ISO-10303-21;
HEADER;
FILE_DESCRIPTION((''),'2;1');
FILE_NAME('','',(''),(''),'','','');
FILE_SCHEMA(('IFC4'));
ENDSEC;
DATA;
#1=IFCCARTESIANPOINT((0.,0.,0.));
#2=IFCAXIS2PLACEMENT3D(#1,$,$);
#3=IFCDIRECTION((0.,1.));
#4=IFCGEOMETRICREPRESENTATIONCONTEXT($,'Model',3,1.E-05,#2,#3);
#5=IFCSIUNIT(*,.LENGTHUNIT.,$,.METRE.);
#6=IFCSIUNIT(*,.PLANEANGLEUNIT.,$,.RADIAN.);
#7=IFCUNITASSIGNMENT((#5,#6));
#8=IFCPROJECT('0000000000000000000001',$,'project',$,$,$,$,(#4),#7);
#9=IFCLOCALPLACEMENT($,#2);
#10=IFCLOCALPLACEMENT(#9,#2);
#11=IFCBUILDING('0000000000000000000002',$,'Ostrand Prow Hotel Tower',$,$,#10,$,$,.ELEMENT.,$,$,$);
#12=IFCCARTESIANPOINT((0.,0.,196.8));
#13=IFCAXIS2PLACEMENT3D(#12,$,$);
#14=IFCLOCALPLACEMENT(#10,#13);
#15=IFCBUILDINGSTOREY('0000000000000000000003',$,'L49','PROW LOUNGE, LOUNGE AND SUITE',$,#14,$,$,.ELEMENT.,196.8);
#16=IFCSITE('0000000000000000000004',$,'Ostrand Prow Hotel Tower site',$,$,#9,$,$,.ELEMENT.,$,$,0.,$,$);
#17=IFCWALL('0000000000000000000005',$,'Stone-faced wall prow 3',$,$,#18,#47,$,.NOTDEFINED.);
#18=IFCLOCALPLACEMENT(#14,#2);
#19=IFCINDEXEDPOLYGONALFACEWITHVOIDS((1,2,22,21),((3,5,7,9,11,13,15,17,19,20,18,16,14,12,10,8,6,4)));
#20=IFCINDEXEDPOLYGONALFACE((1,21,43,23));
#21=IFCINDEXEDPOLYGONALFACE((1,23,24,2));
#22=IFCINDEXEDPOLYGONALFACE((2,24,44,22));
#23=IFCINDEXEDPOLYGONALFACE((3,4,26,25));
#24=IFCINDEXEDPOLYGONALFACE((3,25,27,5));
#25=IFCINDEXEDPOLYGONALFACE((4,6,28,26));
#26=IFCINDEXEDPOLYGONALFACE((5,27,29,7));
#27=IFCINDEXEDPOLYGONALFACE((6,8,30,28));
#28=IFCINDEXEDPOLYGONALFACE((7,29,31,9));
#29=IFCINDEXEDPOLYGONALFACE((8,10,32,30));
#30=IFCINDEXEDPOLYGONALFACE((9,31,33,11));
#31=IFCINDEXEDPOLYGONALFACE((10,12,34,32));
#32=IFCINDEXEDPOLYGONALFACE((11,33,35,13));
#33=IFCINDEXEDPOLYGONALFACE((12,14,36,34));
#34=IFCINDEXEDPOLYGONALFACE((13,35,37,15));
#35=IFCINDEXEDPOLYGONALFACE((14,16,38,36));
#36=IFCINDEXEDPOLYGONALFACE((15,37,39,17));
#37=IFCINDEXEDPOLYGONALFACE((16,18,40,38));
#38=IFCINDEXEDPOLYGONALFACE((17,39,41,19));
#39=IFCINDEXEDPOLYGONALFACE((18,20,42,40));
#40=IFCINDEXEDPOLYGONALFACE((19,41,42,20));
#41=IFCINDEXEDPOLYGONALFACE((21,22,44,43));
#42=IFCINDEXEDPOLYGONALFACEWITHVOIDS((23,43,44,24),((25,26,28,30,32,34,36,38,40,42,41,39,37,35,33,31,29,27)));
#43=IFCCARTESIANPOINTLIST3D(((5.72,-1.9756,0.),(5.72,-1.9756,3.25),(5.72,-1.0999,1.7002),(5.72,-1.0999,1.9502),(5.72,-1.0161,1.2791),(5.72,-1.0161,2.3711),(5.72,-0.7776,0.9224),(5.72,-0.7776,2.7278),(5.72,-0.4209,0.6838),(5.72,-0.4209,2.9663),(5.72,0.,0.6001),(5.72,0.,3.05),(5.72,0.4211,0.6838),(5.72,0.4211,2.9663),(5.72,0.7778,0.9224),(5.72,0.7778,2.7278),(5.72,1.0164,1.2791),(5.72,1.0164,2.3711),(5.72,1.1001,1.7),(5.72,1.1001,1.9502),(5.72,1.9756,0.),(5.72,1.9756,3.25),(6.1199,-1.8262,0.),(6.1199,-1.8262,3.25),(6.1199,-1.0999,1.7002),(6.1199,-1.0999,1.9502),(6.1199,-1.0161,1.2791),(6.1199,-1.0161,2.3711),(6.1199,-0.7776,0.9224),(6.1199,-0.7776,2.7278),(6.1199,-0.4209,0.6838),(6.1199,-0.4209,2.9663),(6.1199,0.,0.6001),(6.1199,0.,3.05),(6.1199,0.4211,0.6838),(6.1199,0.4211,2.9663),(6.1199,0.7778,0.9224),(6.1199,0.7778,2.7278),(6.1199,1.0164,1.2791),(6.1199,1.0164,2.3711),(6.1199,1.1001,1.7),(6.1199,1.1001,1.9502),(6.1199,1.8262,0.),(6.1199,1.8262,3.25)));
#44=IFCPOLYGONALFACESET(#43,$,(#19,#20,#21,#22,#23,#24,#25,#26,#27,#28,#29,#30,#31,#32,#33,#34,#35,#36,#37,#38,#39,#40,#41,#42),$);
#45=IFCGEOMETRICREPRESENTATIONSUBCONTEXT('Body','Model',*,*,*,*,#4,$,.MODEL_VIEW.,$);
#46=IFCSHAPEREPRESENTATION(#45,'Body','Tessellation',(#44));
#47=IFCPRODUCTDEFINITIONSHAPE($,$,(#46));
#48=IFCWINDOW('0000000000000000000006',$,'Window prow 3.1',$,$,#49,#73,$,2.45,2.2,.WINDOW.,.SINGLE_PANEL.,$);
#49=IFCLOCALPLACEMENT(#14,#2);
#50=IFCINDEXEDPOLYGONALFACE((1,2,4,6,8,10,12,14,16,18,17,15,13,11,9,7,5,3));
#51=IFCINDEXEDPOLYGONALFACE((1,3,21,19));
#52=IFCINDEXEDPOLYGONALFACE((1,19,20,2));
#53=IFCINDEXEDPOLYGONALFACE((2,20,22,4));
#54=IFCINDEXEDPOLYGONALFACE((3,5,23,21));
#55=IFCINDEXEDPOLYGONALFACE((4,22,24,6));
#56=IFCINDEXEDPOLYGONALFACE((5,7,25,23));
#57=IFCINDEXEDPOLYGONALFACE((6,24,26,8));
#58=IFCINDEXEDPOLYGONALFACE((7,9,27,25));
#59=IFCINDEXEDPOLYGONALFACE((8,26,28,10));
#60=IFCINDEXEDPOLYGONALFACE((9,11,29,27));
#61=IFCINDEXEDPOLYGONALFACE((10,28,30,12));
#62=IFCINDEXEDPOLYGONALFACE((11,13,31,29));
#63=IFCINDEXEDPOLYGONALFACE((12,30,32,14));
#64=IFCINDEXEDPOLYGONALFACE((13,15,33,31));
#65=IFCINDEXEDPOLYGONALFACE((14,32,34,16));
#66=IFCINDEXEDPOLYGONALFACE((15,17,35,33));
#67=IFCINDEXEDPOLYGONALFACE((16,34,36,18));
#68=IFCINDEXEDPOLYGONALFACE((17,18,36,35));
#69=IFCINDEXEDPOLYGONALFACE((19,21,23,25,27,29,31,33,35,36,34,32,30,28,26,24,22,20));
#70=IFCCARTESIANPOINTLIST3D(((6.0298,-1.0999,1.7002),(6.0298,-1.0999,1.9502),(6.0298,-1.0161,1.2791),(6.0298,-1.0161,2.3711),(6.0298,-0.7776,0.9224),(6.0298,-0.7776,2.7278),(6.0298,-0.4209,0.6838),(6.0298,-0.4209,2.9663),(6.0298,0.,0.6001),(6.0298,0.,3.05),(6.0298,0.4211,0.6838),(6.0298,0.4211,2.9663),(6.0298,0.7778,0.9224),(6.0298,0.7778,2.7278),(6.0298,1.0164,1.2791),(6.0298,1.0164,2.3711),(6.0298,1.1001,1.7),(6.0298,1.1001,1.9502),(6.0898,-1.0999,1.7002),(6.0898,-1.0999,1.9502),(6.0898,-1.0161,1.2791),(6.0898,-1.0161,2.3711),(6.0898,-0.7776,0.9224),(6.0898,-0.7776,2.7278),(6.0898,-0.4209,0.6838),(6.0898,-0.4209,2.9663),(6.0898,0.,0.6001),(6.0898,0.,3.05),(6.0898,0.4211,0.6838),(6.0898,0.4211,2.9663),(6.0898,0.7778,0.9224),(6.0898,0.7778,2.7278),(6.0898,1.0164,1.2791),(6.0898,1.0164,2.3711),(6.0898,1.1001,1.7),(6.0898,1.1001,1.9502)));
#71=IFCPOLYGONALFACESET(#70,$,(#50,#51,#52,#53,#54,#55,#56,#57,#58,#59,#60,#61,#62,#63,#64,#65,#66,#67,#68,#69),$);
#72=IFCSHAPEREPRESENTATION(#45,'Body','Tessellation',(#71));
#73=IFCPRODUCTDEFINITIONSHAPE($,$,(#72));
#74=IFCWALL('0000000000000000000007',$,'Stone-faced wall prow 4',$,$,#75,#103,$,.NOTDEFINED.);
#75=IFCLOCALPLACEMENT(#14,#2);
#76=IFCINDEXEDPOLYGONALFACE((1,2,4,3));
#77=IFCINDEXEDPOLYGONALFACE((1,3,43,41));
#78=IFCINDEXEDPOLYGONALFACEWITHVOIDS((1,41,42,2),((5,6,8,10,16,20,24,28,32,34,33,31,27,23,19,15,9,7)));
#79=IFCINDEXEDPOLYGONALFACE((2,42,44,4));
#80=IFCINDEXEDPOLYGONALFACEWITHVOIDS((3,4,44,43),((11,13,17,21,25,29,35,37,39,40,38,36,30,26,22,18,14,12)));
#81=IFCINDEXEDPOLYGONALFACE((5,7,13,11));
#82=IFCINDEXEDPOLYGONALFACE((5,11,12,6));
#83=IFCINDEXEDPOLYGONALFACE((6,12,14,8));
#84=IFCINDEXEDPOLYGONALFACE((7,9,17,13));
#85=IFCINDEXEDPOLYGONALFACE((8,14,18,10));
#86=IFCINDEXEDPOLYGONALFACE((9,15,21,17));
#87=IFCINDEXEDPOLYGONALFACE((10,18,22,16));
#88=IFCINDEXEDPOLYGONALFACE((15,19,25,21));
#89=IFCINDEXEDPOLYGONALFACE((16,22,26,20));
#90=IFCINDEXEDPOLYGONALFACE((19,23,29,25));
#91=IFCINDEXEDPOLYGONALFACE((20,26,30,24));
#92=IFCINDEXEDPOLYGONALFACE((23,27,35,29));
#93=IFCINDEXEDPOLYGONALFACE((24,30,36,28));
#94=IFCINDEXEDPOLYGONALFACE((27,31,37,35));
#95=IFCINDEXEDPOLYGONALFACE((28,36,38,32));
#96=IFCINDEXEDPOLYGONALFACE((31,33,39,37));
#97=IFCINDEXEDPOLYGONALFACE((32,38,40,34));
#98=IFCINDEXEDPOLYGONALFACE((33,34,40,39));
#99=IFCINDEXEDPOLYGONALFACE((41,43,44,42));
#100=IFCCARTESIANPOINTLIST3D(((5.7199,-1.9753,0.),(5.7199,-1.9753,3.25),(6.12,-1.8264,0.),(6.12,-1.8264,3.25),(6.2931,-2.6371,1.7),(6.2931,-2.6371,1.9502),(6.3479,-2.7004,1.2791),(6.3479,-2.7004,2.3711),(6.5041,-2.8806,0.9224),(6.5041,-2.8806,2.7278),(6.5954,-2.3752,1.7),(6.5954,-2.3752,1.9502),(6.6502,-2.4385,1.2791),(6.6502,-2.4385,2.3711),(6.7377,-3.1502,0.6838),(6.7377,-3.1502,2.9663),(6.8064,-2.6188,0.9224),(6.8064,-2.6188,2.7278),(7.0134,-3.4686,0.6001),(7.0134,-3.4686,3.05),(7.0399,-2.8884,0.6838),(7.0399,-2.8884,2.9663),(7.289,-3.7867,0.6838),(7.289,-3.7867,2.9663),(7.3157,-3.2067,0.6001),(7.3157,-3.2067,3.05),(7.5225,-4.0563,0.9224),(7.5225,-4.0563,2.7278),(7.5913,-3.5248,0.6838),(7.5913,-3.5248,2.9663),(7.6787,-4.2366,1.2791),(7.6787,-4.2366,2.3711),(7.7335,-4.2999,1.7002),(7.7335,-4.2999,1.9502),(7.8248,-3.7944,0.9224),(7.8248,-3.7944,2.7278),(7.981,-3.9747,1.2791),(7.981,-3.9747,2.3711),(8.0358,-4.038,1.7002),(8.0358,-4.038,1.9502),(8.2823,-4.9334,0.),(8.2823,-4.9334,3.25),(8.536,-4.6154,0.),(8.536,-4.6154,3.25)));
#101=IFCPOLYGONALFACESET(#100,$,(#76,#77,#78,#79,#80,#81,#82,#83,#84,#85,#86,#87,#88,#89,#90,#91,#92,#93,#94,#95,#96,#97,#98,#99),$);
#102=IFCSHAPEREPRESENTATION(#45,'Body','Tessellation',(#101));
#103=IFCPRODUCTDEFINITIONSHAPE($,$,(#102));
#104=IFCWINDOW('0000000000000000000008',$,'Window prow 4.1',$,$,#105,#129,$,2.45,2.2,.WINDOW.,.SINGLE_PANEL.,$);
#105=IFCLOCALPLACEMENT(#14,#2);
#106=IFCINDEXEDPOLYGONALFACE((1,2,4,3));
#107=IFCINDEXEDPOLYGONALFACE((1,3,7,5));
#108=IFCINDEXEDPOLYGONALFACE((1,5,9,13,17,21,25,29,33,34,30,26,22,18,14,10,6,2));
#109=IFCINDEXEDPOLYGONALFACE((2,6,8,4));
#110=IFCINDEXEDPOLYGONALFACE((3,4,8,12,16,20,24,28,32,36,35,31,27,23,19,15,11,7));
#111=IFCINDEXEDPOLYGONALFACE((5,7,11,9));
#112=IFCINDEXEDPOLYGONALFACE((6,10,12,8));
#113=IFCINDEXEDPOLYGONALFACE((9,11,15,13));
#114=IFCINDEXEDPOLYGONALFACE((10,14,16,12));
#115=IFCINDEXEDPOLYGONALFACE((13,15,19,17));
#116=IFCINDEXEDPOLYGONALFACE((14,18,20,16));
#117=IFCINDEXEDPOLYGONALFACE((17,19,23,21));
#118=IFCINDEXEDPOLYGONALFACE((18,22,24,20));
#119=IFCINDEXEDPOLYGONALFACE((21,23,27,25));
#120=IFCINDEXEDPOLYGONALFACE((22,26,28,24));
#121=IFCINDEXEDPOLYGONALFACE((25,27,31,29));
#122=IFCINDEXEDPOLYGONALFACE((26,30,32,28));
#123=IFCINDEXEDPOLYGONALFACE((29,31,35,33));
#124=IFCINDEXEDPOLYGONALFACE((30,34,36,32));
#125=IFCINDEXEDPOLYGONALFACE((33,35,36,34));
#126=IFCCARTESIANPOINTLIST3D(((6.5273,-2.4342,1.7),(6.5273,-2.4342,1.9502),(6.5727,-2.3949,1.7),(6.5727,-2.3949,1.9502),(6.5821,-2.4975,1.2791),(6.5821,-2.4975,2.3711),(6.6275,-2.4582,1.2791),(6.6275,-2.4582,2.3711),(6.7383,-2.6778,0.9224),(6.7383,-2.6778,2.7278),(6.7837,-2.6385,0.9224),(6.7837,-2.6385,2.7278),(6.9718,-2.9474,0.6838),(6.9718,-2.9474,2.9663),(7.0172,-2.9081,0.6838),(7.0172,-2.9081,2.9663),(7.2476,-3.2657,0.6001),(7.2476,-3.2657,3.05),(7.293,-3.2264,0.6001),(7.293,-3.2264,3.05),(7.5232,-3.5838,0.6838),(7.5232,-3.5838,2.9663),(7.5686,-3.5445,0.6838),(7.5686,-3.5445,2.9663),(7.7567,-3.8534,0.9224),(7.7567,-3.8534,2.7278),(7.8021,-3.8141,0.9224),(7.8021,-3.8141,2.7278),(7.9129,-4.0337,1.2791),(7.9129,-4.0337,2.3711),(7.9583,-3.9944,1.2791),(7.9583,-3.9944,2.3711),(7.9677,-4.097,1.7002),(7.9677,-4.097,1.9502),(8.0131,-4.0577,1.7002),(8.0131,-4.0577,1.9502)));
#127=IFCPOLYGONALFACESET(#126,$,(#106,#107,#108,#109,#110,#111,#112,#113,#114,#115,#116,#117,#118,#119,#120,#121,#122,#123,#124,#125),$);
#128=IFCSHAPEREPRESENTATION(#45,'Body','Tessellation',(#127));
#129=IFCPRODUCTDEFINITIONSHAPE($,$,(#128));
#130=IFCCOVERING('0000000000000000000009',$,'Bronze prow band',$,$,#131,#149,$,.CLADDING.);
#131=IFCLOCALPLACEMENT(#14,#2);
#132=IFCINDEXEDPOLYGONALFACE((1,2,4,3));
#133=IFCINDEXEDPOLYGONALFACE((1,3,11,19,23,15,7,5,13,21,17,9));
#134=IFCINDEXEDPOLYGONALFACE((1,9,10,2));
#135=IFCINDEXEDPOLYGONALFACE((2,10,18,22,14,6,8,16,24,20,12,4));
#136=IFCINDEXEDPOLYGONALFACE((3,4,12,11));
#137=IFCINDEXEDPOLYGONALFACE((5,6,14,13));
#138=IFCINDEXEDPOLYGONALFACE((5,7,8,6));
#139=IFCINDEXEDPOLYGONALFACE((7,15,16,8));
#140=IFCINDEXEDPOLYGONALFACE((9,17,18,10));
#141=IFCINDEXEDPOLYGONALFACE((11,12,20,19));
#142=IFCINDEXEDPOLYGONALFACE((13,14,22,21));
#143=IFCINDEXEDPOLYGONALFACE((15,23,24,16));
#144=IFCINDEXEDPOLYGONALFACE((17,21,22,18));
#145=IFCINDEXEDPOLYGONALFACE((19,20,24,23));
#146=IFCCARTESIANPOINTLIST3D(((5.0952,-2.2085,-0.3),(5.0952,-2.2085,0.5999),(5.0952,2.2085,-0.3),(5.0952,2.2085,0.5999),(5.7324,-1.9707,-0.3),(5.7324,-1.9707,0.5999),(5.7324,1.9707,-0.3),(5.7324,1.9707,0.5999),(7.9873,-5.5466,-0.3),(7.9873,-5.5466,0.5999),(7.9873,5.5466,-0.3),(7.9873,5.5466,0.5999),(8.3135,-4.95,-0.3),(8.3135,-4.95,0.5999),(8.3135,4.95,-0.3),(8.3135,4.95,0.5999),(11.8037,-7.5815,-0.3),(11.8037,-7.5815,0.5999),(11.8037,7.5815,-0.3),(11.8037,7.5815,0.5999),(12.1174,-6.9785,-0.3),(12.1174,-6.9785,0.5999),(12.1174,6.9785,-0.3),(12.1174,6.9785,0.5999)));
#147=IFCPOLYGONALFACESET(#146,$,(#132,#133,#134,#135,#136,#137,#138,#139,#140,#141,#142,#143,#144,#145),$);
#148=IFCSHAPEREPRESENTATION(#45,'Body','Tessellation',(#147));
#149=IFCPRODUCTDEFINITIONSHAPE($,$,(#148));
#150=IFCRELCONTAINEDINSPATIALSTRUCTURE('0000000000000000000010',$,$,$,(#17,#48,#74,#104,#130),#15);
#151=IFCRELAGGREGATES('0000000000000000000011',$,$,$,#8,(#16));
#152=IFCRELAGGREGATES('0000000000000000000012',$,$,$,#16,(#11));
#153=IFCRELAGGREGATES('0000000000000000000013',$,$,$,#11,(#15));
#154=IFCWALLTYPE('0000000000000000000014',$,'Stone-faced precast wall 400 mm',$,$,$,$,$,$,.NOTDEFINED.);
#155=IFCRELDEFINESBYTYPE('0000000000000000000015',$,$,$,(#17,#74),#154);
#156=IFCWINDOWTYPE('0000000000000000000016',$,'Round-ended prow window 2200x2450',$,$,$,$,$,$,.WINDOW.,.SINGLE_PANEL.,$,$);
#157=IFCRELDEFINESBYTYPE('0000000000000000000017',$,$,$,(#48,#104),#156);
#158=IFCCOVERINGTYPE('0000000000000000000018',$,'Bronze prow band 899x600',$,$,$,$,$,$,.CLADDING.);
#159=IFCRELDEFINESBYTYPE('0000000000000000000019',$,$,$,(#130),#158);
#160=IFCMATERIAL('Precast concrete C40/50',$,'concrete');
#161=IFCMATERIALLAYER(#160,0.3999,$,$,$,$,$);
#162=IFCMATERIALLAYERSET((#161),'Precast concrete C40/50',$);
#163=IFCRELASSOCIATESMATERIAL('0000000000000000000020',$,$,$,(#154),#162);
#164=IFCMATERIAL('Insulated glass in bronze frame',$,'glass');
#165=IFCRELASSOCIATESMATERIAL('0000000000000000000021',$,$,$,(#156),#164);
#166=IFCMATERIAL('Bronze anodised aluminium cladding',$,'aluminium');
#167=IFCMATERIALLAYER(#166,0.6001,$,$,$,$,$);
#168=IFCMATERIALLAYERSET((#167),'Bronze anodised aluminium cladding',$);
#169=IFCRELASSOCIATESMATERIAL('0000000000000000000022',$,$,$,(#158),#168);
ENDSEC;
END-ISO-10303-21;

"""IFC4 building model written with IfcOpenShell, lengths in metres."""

from ifc_helpers import new_model, si_unit, direction, frame, origin, place, context, subcontext, project, spatial, polyline, outline, extrude, material, layer, layer_set, type_object, element, fill, save


model = new_model("IFC4")

# Units and contexts
model_context = context("Model", 3, precision=1e-05, world=origin(), true_north=direction((0.0, 1.0)))
body_context = subcontext(model_context, "Body", "Model", "MODEL_VIEW")
ifc_project = project(units=[si_unit("LENGTHUNIT", "METRE"), si_unit("PLANEANGLEUNIT", "RADIAN")], contexts=[model_context])

# Site, building, storey
site_placement = place(None, origin())
site = spatial("IfcSite", under=ifc_project, at=site_placement, Name="Ostrand Prow Hotel Tower site", CompositionType="ELEMENT", RefElevation=0.0)
building_placement = place(site_placement, origin())
building = spatial("IfcBuilding", under=site, at=building_placement, Name="Ostrand Prow Hotel Tower", CompositionType="ELEMENT")
storey_placement = place(building_placement, frame((0.0, 0.0, 196.8)))
storey = spatial("IfcBuildingStorey", under=building, at=storey_placement, Name="L49", Description="PROW LOUNGE, LOUNGE AND SUITE", CompositionType="ELEMENT", Elevation=196.8)

# Walls, openings, windows
ifc_material_1 = material(Name="Precast concrete C40/50", Category="concrete")
ifc_layer_1 = layer(ifc_material_1, 0.3999)
ifc_layer_set_1 = layer_set([ifc_layer_1], Name="Precast concrete C40/50")
wall_type = type_object("IfcWallType", Name="Stone-faced precast wall 400 mm", PredefinedType="NOTDEFINED", material=ifc_layer_set_1)
wall_1_placement = place(storey_placement, frame((5.9199, 1.9009, 0.0), z_axis=(0.0, 0.0, 1.0), x_axis=(0.0, -1.0, 0.0)))
wall_1 = element("IfcWall", 1, at=wall_1_placement, inside=storey, type_object=wall_type, Name="Stone-faced wall prow 3", PredefinedType="NOTDEFINED", context=body_context, shape_type="SweptSolid", body=[
    extrude(outline(polyline([(-0.0747, -0.2), (3.8765, -0.2), (3.7271, 0.2), (0.0747, 0.2), (-0.0747, -0.2)])), origin(), (0.0, 0.0, 1.0), 3.25),
])
opening_1_placement = place(wall_1_placement, frame((0.8008, 0.0, 0.6001)))
opening_1 = element("IfcOpeningElement", 2, at=opening_1_placement, cuts=wall_1, PredefinedType="OPENING", context=body_context, shape_type="SweptSolid", body=[
    extrude(outline(polyline([(0.0, 1.3501), (0.0837, 1.771), (0.3223, 2.1277), (0.679, 2.3662), (1.1001, 2.45), (1.521, 2.3662), (1.8777, 2.1277), (2.1162, 1.771), (2.2, 1.3501), (2.2, 1.1001), (2.1162, 0.679), (1.8777, 0.3223), (1.521, 0.0837), (1.1001, 0.0), (0.679, 0.0837), (0.3223, 0.3223), (0.0837, 0.679), (0.0, 1.0999), (0.0, 1.3501)])), frame((0.0, 0.21, 0.0), z_axis=(0.0, -1.0, 0.0), x_axis=(1.0, 0.0, 0.0)), (0.0, 0.0, 1.0), 0.4199),
])
ifc_material_2 = material(Name="Insulated glass in bronze frame", Category="glass")
window_type = type_object("IfcWindowType", Name="Round-ended prow window 2200x2450", PartitioningType="SINGLE_PANEL", PredefinedType="WINDOW", material=ifc_material_2)
window_1_placement = place(opening_1_placement, origin())
window_1 = element("IfcWindow", 3, at=window_1_placement, inside=storey, type_object=window_type, Name="Window prow 3.1", OverallHeight=2.45, OverallWidth=2.2, PartitioningType="SINGLE_PANEL", PredefinedType="WINDOW", context=body_context, shape_type="SweptSolid", body=[
    extrude(outline(polyline([(0.0, 1.3501), (0.0837, 1.771), (0.3223, 2.1277), (0.679, 2.3662), (1.1001, 2.45), (1.521, 2.3662), (1.8777, 2.1277), (2.1162, 1.771), (2.2, 1.3501), (2.2, 1.1001), (2.1162, 0.679), (1.8777, 0.3223), (1.521, 0.0837), (1.1001, 0.0), (0.679, 0.0837), (0.3223, 0.3223), (0.0837, 0.679), (0.0, 1.0999), (0.0, 1.3501)])), frame((0.0, 0.1699, 0.0), z_axis=(0.0, -1.0, 0.0), x_axis=(1.0, 0.0, 0.0)), (0.0, 0.0, 1.0), 0.0601),
])
fill(opening_1, window_1)
wall_2_placement = place(storey_placement, frame((5.9199, -1.9009, 0.0), z_axis=(0.0, 0.0, 1.0), x_axis=(0.654759, -0.755837, 0.0)))
wall_2 = element("IfcWall", 4, at=wall_2_placement, inside=storey, type_object=wall_type, Name="Stone-faced wall prow 4", PredefinedType="NOTDEFINED", context=body_context, shape_type="SweptSolid", body=[
    extrude(outline(polyline([(-0.0747, -0.2), (3.8389, -0.2), (3.7646, 0.2), (0.0747, 0.2), (-0.0747, -0.2)])), origin(), (0.0, 0.0, 1.0), 3.25),
])
opening_2_placement = place(wall_2_placement, frame((0.8008, 0.0, 0.6001)))
opening_2 = element("IfcOpeningElement", 5, at=opening_2_placement, cuts=wall_2, PredefinedType="OPENING", context=body_context, shape_type="SweptSolid", body=[
    extrude(outline(polyline([(0.0, 1.3501), (0.0837, 1.771), (0.3223, 2.1277), (0.679, 2.3662), (1.1001, 2.45), (1.521, 2.3662), (1.8777, 2.1277), (2.1162, 1.771), (2.2, 1.3501), (2.2, 1.1001), (2.1162, 0.679), (1.8777, 0.3223), (1.521, 0.0837), (1.1001, 0.0), (0.679, 0.0837), (0.3223, 0.3223), (0.0837, 0.679), (0.0, 1.0999), (0.0, 1.3501)])), frame((0.0, 0.21, 0.0), z_axis=(0.0, -1.0, 0.0), x_axis=(1.0, 0.0, 0.0)), (0.0, 0.0, 1.0), 0.4199),
])
window_2_placement = place(opening_2_placement, origin())
window_2 = element("IfcWindow", 6, at=window_2_placement, inside=storey, type_object=window_type, Name="Window prow 4.1", OverallHeight=2.45, OverallWidth=2.2, PartitioningType="SINGLE_PANEL", PredefinedType="WINDOW", context=body_context, shape_type="SweptSolid", body=[
    extrude(outline(polyline([(0.0, 1.3501), (0.0837, 1.771), (0.3223, 2.1277), (0.679, 2.3662), (1.1001, 2.45), (1.521, 2.3662), (1.8777, 2.1277), (2.1162, 1.771), (2.2, 1.3501), (2.2, 1.1001), (2.1162, 0.679), (1.8777, 0.3223), (1.521, 0.0837), (1.1001, 0.0), (0.679, 0.0837), (0.3223, 0.3223), (0.0837, 0.679), (0.0, 1.0999), (0.0, 1.3501)])), frame((0.0, 0.1699, 0.0), z_axis=(0.0, -1.0, 0.0), x_axis=(1.0, 0.0, 0.0)), (0.0, 0.0, 1.0), 0.0601),
])
fill(opening_2, window_2)

# Covering
ifc_material_3 = material(Name="Bronze anodised aluminium cladding", Category="aluminium")
ifc_layer_2 = layer(ifc_material_3, 0.6001)
ifc_layer_set_2 = layer_set([ifc_layer_2], Name="Bronze anodised aluminium cladding")
covering_type_1 = type_object("IfcCoveringType", Name="Bronze prow band 899x600", PredefinedType="CLADDING", material=ifc_layer_set_2)
covering_1_placement = place(storey_placement, frame((0.0, 0.0, -0.3)))
element("IfcCovering", 7, at=covering_1_placement, inside=storey, type_object=covering_type_1, Name="Bronze prow band", PredefinedType="CLADDING", context=body_context, shape_type="SweptSolid", body=[
    extrude(outline(polyline([(11.8037, 7.5815), (7.9873, 5.5466), (5.0952, 2.2085), (5.0952, -2.2085), (7.9873, -5.5466), (11.8037, -7.5815), (12.1174, -6.9785), (8.3135, -4.95), (5.7324, -1.9707), (5.7324, 1.9707), (8.3135, 4.95), (12.1174, 6.9785), (11.8037, 7.5815)])), origin(), (0.0, 0.0, 1.0), 0.8999),
])

save(model, "model.ifc")
